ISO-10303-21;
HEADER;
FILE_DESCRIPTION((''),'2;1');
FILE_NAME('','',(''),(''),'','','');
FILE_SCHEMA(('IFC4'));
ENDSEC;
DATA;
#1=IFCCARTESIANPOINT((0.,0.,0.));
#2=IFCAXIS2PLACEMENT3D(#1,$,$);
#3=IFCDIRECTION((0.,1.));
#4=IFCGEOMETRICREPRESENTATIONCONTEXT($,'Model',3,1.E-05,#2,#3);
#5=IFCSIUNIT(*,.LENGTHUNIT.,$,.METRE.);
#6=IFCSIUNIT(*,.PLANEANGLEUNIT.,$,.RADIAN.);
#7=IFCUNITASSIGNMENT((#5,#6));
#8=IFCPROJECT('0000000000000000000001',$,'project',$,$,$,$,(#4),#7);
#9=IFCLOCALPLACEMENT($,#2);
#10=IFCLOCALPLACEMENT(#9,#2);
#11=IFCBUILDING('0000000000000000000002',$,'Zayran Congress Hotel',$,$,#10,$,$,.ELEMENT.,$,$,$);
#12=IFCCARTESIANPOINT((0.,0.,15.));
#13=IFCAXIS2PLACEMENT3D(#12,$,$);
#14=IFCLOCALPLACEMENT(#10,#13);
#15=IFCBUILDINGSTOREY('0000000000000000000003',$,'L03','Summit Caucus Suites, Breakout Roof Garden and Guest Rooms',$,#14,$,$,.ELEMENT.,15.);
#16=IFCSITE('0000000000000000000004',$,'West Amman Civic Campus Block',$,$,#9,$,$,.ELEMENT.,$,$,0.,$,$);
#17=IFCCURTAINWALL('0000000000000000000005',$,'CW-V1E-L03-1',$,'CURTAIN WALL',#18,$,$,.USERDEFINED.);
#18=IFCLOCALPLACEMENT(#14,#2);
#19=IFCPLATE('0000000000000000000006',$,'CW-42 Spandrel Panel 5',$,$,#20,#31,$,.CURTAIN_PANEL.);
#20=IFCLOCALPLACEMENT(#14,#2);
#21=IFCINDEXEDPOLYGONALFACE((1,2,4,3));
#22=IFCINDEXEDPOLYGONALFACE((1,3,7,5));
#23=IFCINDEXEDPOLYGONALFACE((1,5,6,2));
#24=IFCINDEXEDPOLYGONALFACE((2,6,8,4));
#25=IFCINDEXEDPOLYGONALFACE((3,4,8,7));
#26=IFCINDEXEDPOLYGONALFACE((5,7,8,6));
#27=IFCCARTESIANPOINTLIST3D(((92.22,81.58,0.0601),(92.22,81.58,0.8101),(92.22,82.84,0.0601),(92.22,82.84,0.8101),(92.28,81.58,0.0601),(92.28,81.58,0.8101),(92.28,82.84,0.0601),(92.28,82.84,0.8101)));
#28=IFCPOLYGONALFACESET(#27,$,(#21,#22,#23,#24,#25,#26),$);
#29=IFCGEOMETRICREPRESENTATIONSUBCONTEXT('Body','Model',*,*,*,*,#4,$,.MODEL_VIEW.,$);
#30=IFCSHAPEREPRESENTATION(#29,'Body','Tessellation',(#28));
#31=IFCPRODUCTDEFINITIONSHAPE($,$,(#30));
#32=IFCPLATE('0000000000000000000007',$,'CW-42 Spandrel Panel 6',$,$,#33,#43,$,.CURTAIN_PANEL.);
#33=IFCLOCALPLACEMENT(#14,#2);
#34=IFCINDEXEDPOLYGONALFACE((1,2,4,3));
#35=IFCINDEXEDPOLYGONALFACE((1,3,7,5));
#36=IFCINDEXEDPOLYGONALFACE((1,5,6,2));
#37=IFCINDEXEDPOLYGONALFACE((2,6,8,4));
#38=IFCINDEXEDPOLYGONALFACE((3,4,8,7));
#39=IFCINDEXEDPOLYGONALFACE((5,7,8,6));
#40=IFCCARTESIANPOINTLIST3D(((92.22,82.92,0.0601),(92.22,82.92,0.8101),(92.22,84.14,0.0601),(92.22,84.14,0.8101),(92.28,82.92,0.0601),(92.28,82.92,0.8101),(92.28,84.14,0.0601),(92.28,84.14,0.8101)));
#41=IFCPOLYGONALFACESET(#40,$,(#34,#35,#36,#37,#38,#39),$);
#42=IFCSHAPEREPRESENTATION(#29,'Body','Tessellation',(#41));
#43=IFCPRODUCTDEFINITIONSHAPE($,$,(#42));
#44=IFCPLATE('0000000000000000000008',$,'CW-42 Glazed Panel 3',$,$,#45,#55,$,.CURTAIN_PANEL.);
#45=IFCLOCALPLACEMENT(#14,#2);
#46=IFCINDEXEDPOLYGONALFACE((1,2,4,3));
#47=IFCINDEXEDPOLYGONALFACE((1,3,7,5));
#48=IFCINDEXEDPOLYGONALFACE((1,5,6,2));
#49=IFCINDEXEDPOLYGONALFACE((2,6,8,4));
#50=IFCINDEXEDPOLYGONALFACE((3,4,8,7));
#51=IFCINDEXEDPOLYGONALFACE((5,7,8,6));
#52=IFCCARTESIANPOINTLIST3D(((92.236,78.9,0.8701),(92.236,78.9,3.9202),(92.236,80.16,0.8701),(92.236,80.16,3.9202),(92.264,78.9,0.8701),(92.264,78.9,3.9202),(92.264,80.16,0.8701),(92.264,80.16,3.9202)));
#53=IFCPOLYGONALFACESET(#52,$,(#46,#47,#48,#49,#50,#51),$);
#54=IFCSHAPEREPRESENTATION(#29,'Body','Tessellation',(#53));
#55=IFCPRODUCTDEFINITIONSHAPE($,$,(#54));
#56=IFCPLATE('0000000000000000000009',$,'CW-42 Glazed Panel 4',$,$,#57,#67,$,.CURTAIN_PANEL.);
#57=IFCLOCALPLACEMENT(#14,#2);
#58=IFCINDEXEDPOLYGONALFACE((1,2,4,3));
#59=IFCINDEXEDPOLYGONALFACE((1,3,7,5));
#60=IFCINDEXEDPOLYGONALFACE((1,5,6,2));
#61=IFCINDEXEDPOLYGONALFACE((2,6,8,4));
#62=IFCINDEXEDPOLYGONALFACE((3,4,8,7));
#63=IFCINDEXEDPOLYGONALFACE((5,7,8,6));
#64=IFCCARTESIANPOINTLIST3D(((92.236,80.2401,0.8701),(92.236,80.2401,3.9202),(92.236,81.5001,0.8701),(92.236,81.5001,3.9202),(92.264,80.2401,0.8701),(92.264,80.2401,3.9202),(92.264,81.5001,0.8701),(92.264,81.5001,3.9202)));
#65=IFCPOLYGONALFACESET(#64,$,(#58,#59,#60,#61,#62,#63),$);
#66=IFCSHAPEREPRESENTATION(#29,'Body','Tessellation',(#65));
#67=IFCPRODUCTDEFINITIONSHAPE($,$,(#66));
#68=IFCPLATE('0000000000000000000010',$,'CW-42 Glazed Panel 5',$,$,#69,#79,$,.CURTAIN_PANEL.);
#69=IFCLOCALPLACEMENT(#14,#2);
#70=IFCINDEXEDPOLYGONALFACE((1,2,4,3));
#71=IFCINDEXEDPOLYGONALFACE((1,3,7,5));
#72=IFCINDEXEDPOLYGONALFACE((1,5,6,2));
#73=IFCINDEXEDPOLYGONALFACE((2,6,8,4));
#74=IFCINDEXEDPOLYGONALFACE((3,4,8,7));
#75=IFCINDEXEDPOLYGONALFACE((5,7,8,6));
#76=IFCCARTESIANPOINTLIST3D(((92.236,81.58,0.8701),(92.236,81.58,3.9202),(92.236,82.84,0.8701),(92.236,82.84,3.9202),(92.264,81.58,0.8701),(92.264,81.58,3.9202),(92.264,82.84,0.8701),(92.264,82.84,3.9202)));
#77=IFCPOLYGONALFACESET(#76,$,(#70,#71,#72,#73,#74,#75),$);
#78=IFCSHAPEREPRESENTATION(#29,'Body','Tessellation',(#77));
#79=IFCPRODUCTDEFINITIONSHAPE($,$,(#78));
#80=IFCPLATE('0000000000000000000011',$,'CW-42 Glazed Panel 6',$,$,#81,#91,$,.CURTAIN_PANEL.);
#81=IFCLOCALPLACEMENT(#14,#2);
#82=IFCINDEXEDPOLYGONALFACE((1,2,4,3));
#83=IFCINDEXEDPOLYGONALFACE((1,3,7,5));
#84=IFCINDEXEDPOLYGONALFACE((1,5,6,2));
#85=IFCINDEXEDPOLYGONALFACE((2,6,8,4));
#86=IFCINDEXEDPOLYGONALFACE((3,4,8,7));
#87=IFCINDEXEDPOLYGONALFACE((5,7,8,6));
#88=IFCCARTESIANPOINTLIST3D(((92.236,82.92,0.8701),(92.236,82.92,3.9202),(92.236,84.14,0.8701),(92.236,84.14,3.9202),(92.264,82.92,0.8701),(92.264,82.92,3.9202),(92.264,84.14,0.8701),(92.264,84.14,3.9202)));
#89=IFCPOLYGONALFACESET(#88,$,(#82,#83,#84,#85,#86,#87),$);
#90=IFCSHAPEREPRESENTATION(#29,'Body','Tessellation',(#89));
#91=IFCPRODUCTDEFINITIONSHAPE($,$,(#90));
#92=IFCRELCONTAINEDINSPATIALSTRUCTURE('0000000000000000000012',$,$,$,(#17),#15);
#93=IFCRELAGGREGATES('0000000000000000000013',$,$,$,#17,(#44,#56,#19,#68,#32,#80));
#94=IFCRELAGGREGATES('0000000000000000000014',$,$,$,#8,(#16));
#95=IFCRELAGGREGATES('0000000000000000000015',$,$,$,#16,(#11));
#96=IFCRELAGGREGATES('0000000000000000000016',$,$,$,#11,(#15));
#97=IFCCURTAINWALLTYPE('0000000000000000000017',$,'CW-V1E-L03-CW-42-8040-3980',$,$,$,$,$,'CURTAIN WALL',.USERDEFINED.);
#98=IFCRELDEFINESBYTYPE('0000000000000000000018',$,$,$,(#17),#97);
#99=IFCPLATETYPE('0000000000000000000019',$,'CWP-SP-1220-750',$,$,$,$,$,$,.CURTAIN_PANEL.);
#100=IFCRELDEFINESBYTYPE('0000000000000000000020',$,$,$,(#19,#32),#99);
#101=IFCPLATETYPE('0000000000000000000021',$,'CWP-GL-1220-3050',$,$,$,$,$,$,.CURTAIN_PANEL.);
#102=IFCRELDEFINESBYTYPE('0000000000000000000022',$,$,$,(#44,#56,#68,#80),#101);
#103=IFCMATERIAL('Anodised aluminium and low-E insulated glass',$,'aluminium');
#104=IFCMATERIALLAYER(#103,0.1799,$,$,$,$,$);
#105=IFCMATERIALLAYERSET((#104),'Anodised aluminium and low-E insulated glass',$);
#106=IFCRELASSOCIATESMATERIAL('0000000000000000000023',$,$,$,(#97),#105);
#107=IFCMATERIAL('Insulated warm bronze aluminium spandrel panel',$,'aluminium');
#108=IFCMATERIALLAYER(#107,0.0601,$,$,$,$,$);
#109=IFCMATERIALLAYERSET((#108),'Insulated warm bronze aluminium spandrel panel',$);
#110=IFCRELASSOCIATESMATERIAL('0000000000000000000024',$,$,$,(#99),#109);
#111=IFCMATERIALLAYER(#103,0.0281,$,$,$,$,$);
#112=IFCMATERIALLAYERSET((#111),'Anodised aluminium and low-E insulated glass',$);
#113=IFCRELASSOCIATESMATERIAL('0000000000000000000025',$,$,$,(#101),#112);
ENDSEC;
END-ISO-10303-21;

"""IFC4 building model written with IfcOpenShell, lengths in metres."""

from ifc_helpers import new_model, si_unit, direction, frame, origin, origin_2d, place, context, subcontext, project, spatial, rectangle, extrude, material, layer, layer_set, type_object, element, aggregate, save


model = new_model("IFC4")

# Units and contexts
model_context = context("Model", 3, precision=1e-05, world=origin(), true_north=direction((0.0, 1.0)))
body_context = subcontext(model_context, "Body", "Model", "MODEL_VIEW")
ifc_project = project(units=[si_unit("LENGTHUNIT", "METRE"), si_unit("PLANEANGLEUNIT", "RADIAN")], contexts=[model_context])

# Site, building, storey
site_placement = place(None, origin())
site = spatial("IfcSite", under=ifc_project, at=site_placement, Name="West Amman Civic Campus Block", CompositionType="ELEMENT", RefElevation=0.0)
building_placement = place(site_placement, origin())
building = spatial("IfcBuilding", under=site, at=building_placement, Name="Zayran Congress Hotel", CompositionType="ELEMENT")
storey_placement = place(building_placement, frame((0.0, 0.0, 15.0)))
storey = spatial("IfcBuildingStorey", under=building, at=storey_placement, Name="L03", Description="Summit Caucus Suites, Breakout Roof Garden and Guest Rooms", CompositionType="ELEMENT", Elevation=15.0)

# Curtain wall, plates
ifc_material_1 = material(Name="Anodised aluminium and low-E insulated glass", Category="aluminium")
ifc_layer_1 = layer(ifc_material_1, 0.1799)
ifc_layer_set_1 = layer_set([ifc_layer_1], Name="Anodised aluminium and low-E insulated glass")
curtain_wall_type = type_object("IfcCurtainWallType", Name="CW-V1E-L03-CW-42-8040-3980", ElementType="CURTAIN WALL", PredefinedType="USERDEFINED", material=ifc_layer_set_1)
curtain_wall_placement = place(storey_placement, origin())
curtain_wall = element("IfcCurtainWall", 1, at=curtain_wall_placement, inside=storey, type_object=curtain_wall_type, Name="CW-V1E-L03-1", ObjectType="CURTAIN WALL", PredefinedType="USERDEFINED")
ifc_material_2 = material(Name="Insulated warm bronze aluminium spandrel panel", Category="aluminium")
ifc_layer_2 = layer(ifc_material_2, 0.0601)
ifc_layer_set_2 = layer_set([ifc_layer_2], Name="Insulated warm bronze aluminium spandrel panel")
plate_type_1 = type_object("IfcPlateType", Name="CWP-SP-1220-750", PredefinedType="CURTAIN_PANEL", material=ifc_layer_set_2)
plate_1_placement = place(storey_placement, frame((92.25, 82.21, 0.0601), z_axis=(0.0, 0.0, 1.0), x_axis=(0.0, 1.0, 0.0)))
plate_1 = element("IfcPlate", 2, at=plate_1_placement, type_object=plate_type_1, Name="CW-42 Spandrel Panel 5", PredefinedType="CURTAIN_PANEL", context=body_context, shape_type="SweptSolid", body=[
    extrude(rectangle(XDim=1.26, YDim=0.0601, at=origin_2d()), origin(), (0.0, 0.0, 1.0), 0.75),
])
plate_2_placement = place(storey_placement, frame((92.25, 83.53, 0.0601), z_axis=(0.0, 0.0, 1.0), x_axis=(0.0, 1.0, 0.0)))
plate_2 = element("IfcPlate", 3, at=plate_2_placement, type_object=plate_type_1, Name="CW-42 Spandrel Panel 6", PredefinedType="CURTAIN_PANEL", context=body_context, shape_type="SweptSolid", body=[
    extrude(rectangle(XDim=1.22, YDim=0.0601, at=origin_2d()), origin(), (0.0, 0.0, 1.0), 0.75),
])
ifc_layer_3 = layer(ifc_material_1, 0.0281)
ifc_layer_set_3 = layer_set([ifc_layer_3], Name="Anodised aluminium and low-E insulated glass")
plate_type_2 = type_object("IfcPlateType", Name="CWP-GL-1220-3050", PredefinedType="CURTAIN_PANEL", material=ifc_layer_set_3)
plate_3_placement = place(storey_placement, frame((92.25, 79.53, 0.8701), z_axis=(0.0, 0.0, 1.0), x_axis=(0.0, 1.0, 0.0)))
plate_3 = element("IfcPlate", 4, at=plate_3_placement, type_object=plate_type_2, Name="CW-42 Glazed Panel 3", PredefinedType="CURTAIN_PANEL", context=body_context, shape_type="SweptSolid", body=[
    extrude(rectangle(XDim=1.26, YDim=0.0281, at=origin_2d()), origin(), (0.0, 0.0, 1.0), 3.05),
])
plate_4_placement = place(storey_placement, frame((92.25, 80.8701, 0.8701), z_axis=(0.0, 0.0, 1.0), x_axis=(0.0, 1.0, 0.0)))
plate_4 = element("IfcPlate", 5, at=plate_4_placement, type_object=plate_type_2, Name="CW-42 Glazed Panel 4", PredefinedType="CURTAIN_PANEL", context=body_context, shape_type="SweptSolid", body=[
    extrude(rectangle(XDim=1.26, YDim=0.0281, at=origin_2d()), origin(), (0.0, 0.0, 1.0), 3.05),
])
plate_5_placement = place(storey_placement, frame((92.25, 82.21, 0.8701), z_axis=(0.0, 0.0, 1.0), x_axis=(0.0, 1.0, 0.0)))
plate_5 = element("IfcPlate", 6, at=plate_5_placement, type_object=plate_type_2, Name="CW-42 Glazed Panel 5", PredefinedType="CURTAIN_PANEL", context=body_context, shape_type="SweptSolid", body=[
    extrude(rectangle(XDim=1.26, YDim=0.0281, at=origin_2d()), origin(), (0.0, 0.0, 1.0), 3.05),
])
plate_6_placement = place(storey_placement, frame((92.25, 83.53, 0.8701), z_axis=(0.0, 0.0, 1.0), x_axis=(0.0, 1.0, 0.0)))
plate_6 = element("IfcPlate", 7, at=plate_6_placement, type_object=plate_type_2, Name="CW-42 Glazed Panel 6", PredefinedType="CURTAIN_PANEL", context=body_context, shape_type="SweptSolid", body=[
    extrude(rectangle(XDim=1.22, YDim=0.0281, at=origin_2d()), origin(), (0.0, 0.0, 1.0), 3.05),
])
aggregate(curtain_wall, [plate_3, plate_4, plate_1, plate_5, plate_2, plate_6])

save(model, "model.ifc")
